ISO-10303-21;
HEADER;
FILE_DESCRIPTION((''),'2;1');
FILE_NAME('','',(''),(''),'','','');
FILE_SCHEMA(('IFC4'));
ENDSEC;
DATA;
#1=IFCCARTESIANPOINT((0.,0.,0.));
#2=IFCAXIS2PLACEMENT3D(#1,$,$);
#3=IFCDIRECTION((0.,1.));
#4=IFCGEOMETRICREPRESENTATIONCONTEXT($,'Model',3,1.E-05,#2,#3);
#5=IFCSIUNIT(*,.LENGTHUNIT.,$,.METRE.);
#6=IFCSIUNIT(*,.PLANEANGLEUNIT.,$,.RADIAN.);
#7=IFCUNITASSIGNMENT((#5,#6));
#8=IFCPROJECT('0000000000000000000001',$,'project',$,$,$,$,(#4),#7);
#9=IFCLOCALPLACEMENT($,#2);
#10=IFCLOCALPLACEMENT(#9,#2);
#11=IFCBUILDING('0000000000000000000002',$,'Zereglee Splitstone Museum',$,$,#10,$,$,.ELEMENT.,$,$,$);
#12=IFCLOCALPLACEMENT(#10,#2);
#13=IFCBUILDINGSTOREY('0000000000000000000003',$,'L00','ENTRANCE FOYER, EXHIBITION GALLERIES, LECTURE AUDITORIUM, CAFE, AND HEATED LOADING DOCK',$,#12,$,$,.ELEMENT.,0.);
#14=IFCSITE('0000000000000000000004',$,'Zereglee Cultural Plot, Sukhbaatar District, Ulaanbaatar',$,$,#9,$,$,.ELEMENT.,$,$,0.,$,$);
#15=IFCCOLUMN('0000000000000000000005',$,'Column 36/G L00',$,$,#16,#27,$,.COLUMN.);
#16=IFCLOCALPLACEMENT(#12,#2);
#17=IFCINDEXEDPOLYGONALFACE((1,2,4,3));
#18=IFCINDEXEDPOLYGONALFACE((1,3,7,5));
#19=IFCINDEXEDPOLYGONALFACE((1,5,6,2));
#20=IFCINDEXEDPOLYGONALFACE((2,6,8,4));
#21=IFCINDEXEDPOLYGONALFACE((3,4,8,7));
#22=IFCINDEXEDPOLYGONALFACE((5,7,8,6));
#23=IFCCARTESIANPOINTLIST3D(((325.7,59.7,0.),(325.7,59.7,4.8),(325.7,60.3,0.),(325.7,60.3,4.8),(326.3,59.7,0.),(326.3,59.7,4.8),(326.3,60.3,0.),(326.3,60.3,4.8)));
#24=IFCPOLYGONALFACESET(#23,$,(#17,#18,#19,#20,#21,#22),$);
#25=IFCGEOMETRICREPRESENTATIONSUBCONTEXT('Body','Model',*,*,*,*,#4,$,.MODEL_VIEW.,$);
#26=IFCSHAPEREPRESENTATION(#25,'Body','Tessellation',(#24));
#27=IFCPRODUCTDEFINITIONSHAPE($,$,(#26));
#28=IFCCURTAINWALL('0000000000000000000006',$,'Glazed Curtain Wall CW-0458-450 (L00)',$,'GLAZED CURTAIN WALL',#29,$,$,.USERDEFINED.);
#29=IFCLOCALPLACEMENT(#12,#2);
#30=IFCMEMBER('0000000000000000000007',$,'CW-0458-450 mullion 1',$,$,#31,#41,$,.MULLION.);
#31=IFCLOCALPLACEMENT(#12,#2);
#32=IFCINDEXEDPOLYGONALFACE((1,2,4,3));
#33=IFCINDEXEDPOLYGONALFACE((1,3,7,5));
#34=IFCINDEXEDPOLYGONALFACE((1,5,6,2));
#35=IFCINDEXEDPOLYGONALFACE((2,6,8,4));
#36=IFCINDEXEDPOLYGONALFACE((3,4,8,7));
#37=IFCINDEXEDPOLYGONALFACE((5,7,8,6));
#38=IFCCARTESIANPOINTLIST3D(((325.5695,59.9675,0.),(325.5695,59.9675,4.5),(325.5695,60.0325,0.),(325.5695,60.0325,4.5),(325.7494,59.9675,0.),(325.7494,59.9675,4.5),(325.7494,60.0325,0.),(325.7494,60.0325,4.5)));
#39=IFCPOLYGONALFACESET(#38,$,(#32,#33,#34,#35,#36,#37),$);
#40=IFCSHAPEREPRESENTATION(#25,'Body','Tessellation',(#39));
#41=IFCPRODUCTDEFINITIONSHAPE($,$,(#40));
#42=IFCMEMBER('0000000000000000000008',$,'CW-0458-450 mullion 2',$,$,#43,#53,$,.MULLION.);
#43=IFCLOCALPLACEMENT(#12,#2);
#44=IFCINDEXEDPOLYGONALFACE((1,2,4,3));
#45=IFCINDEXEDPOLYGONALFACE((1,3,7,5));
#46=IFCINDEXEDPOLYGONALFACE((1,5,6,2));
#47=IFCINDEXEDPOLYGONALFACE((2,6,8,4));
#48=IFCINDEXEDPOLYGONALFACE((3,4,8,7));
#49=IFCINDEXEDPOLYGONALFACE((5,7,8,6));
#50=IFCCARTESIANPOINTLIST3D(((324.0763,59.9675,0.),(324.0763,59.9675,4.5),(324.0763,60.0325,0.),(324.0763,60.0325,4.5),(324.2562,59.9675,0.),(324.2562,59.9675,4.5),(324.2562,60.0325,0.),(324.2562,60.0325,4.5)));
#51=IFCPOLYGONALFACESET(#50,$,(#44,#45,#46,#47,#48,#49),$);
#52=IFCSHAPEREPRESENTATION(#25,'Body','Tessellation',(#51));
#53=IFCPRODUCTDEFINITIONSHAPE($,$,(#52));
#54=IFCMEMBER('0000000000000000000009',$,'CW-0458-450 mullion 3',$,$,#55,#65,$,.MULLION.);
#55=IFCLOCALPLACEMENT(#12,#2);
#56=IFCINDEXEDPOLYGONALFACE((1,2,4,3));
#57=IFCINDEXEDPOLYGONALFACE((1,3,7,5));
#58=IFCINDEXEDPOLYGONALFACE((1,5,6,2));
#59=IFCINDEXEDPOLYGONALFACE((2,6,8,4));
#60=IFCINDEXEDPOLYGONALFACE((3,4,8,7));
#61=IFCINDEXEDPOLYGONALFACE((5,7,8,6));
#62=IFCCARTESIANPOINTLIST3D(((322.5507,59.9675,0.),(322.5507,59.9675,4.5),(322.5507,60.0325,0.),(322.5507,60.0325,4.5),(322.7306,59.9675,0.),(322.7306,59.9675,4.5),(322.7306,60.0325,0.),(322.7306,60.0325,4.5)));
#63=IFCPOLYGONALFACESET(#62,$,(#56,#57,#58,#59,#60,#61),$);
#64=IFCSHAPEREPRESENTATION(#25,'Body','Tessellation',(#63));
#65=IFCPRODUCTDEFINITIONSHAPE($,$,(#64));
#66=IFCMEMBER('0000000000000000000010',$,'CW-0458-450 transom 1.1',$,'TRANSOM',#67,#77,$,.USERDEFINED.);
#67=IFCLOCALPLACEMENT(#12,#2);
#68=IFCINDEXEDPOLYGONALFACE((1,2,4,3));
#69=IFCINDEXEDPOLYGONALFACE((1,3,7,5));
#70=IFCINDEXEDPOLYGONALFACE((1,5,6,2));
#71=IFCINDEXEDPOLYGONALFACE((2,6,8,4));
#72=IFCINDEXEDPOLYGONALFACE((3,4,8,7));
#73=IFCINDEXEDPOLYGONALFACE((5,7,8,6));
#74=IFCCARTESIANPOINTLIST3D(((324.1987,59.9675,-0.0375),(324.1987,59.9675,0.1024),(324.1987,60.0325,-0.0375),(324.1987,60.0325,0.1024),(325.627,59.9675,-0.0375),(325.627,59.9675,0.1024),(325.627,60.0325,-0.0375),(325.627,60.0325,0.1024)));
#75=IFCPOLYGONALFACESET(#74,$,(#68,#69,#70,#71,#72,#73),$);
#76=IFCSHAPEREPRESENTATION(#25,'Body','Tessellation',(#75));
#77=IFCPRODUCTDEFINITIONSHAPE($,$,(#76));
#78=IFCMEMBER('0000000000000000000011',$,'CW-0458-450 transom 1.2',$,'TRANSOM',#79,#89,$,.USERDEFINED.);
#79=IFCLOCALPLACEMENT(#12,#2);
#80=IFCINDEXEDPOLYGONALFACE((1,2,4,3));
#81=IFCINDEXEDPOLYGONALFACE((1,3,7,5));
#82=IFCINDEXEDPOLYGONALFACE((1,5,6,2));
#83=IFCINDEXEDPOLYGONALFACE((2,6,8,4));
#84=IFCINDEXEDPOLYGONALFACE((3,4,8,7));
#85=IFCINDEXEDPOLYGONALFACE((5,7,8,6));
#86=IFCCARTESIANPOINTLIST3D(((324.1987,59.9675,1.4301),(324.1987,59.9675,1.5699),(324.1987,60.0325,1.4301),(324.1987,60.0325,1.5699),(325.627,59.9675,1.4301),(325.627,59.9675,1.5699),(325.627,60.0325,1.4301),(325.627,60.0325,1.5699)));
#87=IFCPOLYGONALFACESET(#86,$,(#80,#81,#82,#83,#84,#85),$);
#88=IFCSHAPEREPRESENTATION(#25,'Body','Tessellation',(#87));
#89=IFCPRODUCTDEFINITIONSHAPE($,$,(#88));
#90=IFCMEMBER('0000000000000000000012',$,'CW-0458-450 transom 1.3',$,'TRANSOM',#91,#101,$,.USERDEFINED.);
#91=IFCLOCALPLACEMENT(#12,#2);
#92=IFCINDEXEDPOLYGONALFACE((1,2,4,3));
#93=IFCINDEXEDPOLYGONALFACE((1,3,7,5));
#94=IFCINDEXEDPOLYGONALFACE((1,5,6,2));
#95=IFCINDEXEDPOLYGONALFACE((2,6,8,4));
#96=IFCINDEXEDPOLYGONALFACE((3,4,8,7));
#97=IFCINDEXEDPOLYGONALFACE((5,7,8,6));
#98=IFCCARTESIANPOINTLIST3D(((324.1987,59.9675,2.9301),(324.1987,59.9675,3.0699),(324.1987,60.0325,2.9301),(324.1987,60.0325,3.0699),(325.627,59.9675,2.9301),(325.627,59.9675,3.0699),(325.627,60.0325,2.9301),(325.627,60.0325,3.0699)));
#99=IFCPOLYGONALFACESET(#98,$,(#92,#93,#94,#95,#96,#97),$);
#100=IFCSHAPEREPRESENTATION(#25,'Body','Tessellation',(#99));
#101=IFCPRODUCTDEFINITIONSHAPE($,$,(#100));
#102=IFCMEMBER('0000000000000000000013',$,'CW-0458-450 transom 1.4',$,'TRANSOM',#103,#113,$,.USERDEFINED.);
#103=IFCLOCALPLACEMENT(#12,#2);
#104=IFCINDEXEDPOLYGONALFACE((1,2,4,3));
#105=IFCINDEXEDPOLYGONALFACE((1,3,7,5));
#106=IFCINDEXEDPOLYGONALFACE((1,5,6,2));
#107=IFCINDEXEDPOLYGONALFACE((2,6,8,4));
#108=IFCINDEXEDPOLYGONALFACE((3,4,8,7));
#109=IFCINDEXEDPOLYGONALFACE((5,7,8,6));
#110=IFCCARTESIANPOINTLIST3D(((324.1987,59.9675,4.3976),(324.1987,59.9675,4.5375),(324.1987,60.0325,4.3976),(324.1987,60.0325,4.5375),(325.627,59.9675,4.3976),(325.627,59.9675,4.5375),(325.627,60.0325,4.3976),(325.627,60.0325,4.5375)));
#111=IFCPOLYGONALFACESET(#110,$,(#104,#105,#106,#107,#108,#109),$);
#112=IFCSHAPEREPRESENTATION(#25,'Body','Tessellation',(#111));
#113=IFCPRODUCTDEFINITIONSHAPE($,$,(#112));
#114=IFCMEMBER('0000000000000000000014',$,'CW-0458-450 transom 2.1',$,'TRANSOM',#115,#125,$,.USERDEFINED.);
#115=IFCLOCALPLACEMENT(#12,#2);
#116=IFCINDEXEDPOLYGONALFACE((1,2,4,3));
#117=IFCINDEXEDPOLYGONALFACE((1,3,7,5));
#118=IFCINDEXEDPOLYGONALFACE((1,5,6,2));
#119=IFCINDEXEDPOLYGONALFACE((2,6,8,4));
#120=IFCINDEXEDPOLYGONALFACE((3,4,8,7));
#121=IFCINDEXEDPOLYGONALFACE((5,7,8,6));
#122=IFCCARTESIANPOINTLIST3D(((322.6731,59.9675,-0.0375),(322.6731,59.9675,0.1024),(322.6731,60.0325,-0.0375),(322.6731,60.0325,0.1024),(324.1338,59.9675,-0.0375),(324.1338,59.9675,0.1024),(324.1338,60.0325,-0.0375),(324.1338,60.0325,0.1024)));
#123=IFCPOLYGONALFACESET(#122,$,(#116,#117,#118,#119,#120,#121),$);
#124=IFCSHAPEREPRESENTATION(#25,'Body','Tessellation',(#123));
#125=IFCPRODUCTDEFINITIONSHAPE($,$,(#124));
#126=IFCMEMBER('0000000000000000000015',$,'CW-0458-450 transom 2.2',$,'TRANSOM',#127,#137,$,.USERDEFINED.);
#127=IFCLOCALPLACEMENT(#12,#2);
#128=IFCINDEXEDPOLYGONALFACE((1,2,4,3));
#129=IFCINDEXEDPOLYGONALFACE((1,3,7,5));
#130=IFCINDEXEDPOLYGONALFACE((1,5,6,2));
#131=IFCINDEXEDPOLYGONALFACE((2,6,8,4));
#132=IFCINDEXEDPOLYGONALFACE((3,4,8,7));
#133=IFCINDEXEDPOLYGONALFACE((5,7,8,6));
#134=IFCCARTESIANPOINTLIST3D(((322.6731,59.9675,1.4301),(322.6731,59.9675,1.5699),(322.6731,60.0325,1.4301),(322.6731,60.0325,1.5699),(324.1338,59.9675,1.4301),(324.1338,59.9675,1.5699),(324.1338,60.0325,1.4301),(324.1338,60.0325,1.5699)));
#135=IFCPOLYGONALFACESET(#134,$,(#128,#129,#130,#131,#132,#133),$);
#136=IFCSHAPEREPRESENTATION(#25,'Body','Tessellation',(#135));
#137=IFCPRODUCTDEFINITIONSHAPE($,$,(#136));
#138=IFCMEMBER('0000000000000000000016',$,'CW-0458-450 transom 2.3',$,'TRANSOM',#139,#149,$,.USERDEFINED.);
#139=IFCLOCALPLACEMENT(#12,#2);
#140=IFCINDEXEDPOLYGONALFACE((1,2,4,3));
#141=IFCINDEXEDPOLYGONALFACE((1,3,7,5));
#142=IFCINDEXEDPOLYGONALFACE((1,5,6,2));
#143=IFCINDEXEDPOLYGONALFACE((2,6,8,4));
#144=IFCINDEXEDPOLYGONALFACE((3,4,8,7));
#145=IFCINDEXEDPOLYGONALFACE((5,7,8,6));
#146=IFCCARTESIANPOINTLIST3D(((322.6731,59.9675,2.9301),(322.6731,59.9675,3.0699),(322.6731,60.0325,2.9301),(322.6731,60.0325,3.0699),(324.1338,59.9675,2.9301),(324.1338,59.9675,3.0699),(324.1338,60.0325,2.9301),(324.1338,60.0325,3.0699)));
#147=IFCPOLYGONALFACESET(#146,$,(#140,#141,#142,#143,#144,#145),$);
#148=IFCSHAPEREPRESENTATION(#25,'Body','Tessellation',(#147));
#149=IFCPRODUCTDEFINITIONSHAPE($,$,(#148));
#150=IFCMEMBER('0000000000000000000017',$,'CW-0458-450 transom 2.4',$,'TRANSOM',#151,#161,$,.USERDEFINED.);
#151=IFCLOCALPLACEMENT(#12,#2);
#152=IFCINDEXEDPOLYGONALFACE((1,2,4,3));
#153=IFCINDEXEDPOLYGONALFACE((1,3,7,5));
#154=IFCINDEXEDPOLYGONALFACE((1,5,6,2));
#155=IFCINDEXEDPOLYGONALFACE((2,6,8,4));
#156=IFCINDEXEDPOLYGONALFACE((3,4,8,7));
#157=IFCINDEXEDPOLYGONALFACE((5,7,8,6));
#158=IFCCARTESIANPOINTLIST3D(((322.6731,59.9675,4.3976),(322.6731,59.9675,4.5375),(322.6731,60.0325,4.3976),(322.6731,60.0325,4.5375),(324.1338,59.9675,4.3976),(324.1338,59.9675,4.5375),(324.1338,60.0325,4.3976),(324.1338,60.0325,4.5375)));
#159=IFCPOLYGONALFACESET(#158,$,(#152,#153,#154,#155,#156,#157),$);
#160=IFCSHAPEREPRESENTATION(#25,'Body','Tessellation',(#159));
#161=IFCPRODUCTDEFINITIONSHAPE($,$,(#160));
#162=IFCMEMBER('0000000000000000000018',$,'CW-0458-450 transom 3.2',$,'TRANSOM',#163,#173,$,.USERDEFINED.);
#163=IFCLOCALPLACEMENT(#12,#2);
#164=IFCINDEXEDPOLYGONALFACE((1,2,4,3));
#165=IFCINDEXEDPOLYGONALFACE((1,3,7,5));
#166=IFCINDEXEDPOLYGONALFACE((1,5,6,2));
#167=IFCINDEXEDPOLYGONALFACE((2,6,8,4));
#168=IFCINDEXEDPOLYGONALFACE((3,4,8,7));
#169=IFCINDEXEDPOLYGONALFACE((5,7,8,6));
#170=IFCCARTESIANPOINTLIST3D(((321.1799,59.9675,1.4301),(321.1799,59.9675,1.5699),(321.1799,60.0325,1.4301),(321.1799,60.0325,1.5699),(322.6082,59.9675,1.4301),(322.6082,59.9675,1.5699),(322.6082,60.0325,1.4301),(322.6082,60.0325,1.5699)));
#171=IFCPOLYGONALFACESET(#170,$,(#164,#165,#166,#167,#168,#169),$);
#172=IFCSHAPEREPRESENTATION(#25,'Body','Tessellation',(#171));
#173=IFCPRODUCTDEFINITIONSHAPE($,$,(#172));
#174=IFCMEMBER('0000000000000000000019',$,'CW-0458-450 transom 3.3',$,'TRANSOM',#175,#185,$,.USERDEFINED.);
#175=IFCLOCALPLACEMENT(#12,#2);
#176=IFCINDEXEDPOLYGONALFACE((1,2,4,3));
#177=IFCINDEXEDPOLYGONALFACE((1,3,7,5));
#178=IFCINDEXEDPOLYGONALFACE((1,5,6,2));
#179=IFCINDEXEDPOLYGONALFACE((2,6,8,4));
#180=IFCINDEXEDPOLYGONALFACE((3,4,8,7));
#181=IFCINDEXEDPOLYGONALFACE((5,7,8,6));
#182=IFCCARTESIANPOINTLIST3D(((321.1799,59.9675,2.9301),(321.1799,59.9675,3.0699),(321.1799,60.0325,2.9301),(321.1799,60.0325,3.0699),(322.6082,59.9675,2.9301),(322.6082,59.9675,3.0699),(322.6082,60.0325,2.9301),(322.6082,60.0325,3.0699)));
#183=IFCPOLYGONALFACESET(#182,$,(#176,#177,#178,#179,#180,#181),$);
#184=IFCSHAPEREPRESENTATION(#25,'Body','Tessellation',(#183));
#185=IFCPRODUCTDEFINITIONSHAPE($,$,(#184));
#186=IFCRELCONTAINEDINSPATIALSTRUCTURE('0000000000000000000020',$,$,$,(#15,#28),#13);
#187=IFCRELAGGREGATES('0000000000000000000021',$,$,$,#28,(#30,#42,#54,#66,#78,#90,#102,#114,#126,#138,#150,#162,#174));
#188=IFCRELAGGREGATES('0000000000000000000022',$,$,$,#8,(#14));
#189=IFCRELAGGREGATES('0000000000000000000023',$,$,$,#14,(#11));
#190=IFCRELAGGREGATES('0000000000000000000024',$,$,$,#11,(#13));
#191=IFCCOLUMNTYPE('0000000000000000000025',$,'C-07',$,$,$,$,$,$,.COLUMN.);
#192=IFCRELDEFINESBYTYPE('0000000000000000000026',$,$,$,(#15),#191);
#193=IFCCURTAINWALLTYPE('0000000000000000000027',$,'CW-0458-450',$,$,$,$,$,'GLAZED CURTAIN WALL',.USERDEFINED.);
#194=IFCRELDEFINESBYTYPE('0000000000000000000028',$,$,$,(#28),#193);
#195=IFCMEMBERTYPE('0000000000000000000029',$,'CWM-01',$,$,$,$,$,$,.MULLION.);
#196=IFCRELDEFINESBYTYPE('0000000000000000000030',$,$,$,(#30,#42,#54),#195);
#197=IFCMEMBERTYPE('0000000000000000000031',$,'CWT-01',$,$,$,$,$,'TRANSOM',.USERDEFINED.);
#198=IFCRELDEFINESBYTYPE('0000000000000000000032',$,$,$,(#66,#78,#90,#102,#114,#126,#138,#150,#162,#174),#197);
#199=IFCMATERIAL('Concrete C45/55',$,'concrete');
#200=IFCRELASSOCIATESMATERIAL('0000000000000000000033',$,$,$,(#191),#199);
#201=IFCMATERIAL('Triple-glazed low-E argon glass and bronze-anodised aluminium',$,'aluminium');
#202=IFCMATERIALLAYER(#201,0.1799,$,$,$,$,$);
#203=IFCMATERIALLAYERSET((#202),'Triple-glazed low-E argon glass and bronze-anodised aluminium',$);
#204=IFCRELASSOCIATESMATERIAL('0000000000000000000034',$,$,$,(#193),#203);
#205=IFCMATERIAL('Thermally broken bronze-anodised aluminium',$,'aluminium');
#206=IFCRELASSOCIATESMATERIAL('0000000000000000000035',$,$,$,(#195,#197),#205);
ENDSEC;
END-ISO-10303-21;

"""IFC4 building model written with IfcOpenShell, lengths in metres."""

from ifc_helpers import new_model, si_unit, direction, frame, origin, origin_2d, place, context, subcontext, project, spatial, rectangle, extrude, material, layer, layer_set, material_profile, profile_set, type_object, element, aggregate, save


model = new_model("IFC4")

# Units and contexts
model_context = context("Model", 3, precision=1e-05, world=origin(), true_north=direction((0.0, 1.0)))
body_context = subcontext(model_context, "Body", "Model", "MODEL_VIEW")
ifc_project = project(units=[si_unit("LENGTHUNIT", "METRE"), si_unit("PLANEANGLEUNIT", "RADIAN")], contexts=[model_context])

# Site, building, storey
site_placement = place(None, origin())
site = spatial("IfcSite", under=ifc_project, at=site_placement, Name="Zereglee Cultural Plot, Sukhbaatar District, Ulaanbaatar", CompositionType="ELEMENT", RefElevation=0.0)
building_placement = place(site_placement, origin())
building = spatial("IfcBuilding", under=site, at=building_placement, Name="Zereglee Splitstone Museum", CompositionType="ELEMENT")
storey_placement = place(building_placement, origin())
storey = spatial("IfcBuildingStorey", under=building, at=storey_placement, Name="L00", Description="ENTRANCE FOYER, EXHIBITION GALLERIES, LECTURE AUDITORIUM, CAFE, AND HEATED LOADING DOCK", CompositionType="ELEMENT", Elevation=0.0)

# Column
ifc_material_1 = material(Name="Concrete C45/55", Category="concrete")
ifc_material_profile_1 = material_profile(ifc_material_1, rectangle(XDim=0.6001, YDim=0.6001, at=origin_2d()), Name="RC 600x600")
ifc_profile_set_1 = profile_set([ifc_material_profile_1], Name="Concrete C45/55")
column_type = type_object("IfcColumnType", Name="C-07", PredefinedType="COLUMN", material=ifc_profile_set_1)
column_placement = place(storey_placement, frame((326.0, 60.0, 0.0), z_axis=(0.0, 0.0, 1.0), x_axis=(1.0, 0.0, 0.0)))
element("IfcColumn", 1, at=column_placement, inside=storey, type_object=column_type, Name="Column 36/G L00", PredefinedType="COLUMN", context=body_context, shape_type="SweptSolid", body=[
    extrude(rectangle(XDim=0.6001, YDim=0.6001, at=origin_2d()), origin(), (0.0, 0.0, 1.0), 4.8),
])

# Curtain wall, members
ifc_material_2 = material(Name="Triple-glazed low-E argon glass and bronze-anodised aluminium", Category="aluminium")
ifc_layer_1 = layer(ifc_material_2, 0.1799)
ifc_layer_set_1 = layer_set([ifc_layer_1], Name="Triple-glazed low-E argon glass and bronze-anodised aluminium")
curtain_wall_type = type_object("IfcCurtainWallType", Name="CW-0458-450", ElementType="GLAZED CURTAIN WALL", PredefinedType="USERDEFINED", material=ifc_layer_set_1)
curtain_wall_placement = place(storey_placement, origin())
curtain_wall = element("IfcCurtainWall", 2, at=curtain_wall_placement, inside=storey, type_object=curtain_wall_type, Name="Glazed Curtain Wall CW-0458-450 (L00)", ObjectType="GLAZED CURTAIN WALL", PredefinedType="USERDEFINED")
ifc_material_3 = material(Name="Thermally broken bronze-anodised aluminium", Category="aluminium")
ifc_material_profile_2 = material_profile(ifc_material_3, rectangle(XDim=0.0649, YDim=0.1799, at=origin_2d()), Name="CW MULL 65x180")
ifc_profile_set_2 = profile_set([ifc_material_profile_2], Name="Thermally broken bronze-anodised aluminium")
member_type_1 = type_object("IfcMemberType", Name="CWM-01", PredefinedType="MULLION", material=ifc_profile_set_2)
member_1_placement = place(storey_placement, frame((325.6594, 60.0, 0.0), z_axis=(0.0, 0.0, 1.0), x_axis=(0.0, -1.0, 0.0)))
member_1 = element("IfcMember", 3, at=member_1_placement, type_object=member_type_1, Name="CW-0458-450 mullion 1", PredefinedType="MULLION", context=body_context, shape_type="SweptSolid", body=[
    extrude(rectangle(XDim=0.0649, YDim=0.1799, at=origin_2d()), origin(), (0.0, 0.0, 1.0), 4.5),
])
member_2_placement = place(storey_placement, frame((324.1663, 60.0, 0.0), z_axis=(0.0, 0.0, 1.0), x_axis=(0.0, -1.0, 0.0)))
member_2 = element("IfcMember", 4, at=member_2_placement, type_object=member_type_1, Name="CW-0458-450 mullion 2", PredefinedType="MULLION", context=body_context, shape_type="SweptSolid", body=[
    extrude(rectangle(XDim=0.0649, YDim=0.1799, at=origin_2d()), origin(), (0.0, 0.0, 1.0), 4.5),
])
member_3_placement = place(storey_placement, frame((322.6406, 60.0, 0.0), z_axis=(0.0, 0.0, 1.0), x_axis=(0.0, -1.0, 0.0)))
member_3 = element("IfcMember", 5, at=member_3_placement, type_object=member_type_1, Name="CW-0458-450 mullion 3", PredefinedType="MULLION", context=body_context, shape_type="SweptSolid", body=[
    extrude(rectangle(XDim=0.0649, YDim=0.1799, at=origin_2d()), origin(), (0.0, 0.0, 1.0), 4.5),
])
ifc_material_profile_3 = material_profile(ifc_material_3, rectangle(XDim=0.0649, YDim=0.1399, at=origin_2d()), Name="CW TRAN 65x140")
ifc_profile_set_3 = profile_set([ifc_material_profile_3], Name="Thermally broken bronze-anodised aluminium")
member_type_2 = type_object("IfcMemberType", Name="CWT-01", ElementType="TRANSOM", PredefinedType="USERDEFINED", material=ifc_profile_set_3)
member_4_placement = place(storey_placement, frame((325.627, 60.0, 0.0325), z_axis=(-1.0, 0.0, 0.0), x_axis=(0.0, -1.0, 0.0)))
member_4 = element("IfcMember", 6, at=member_4_placement, type_object=member_type_2, Name="CW-0458-450 transom 1.1", ObjectType="TRANSOM", PredefinedType="USERDEFINED", context=body_context, shape_type="SweptSolid", body=[
    extrude(rectangle(XDim=0.0649, YDim=0.1399, at=origin_2d()), origin(), (0.0, 0.0, 1.0), 1.4282),
])
member_5_placement = place(storey_placement, frame((325.627, 60.0, 1.5), z_axis=(-1.0, 0.0, 0.0), x_axis=(0.0, -1.0, 0.0)))
member_5 = element("IfcMember", 7, at=member_5_placement, type_object=member_type_2, Name="CW-0458-450 transom 1.2", ObjectType="TRANSOM", PredefinedType="USERDEFINED", context=body_context, shape_type="SweptSolid", body=[
    extrude(rectangle(XDim=0.0649, YDim=0.1399, at=origin_2d()), origin(), (0.0, 0.0, 1.0), 1.4282),
])
member_6_placement = place(storey_placement, frame((325.627, 60.0, 3.0), z_axis=(-1.0, 0.0, 0.0), x_axis=(0.0, -1.0, 0.0)))
member_6 = element("IfcMember", 8, at=member_6_placement, type_object=member_type_2, Name="CW-0458-450 transom 1.3", ObjectType="TRANSOM", PredefinedType="USERDEFINED", context=body_context, shape_type="SweptSolid", body=[
    extrude(rectangle(XDim=0.0649, YDim=0.1399, at=origin_2d()), origin(), (0.0, 0.0, 1.0), 1.4282),
])
member_7_placement = place(storey_placement, frame((325.627, 60.0, 4.4675), z_axis=(-1.0, 0.0, 0.0), x_axis=(0.0, -1.0, 0.0)))
member_7 = element("IfcMember", 9, at=member_7_placement, type_object=member_type_2, Name="CW-0458-450 transom 1.4", ObjectType="TRANSOM", PredefinedType="USERDEFINED", context=body_context, shape_type="SweptSolid", body=[
    extrude(rectangle(XDim=0.0649, YDim=0.1399, at=origin_2d()), origin(), (0.0, 0.0, 1.0), 1.4282),
])
member_8_placement = place(storey_placement, frame((324.1338, 60.0, 0.0325), z_axis=(-1.0, 0.0, 0.0), x_axis=(0.0, -1.0, 0.0)))
member_8 = element("IfcMember", 10, at=member_8_placement, type_object=member_type_2, Name="CW-0458-450 transom 2.1", ObjectType="TRANSOM", PredefinedType="USERDEFINED", context=body_context, shape_type="SweptSolid", body=[
    extrude(rectangle(XDim=0.0649, YDim=0.1399, at=origin_2d()), origin(), (0.0, 0.0, 1.0), 1.4607),
])
member_9_placement = place(storey_placement, frame((324.1338, 60.0, 1.5), z_axis=(-1.0, 0.0, 0.0), x_axis=(0.0, -1.0, 0.0)))
member_9 = element("IfcMember", 11, at=member_9_placement, type_object=member_type_2, Name="CW-0458-450 transom 2.2", ObjectType="TRANSOM", PredefinedType="USERDEFINED", context=body_context, shape_type="SweptSolid", body=[
    extrude(rectangle(XDim=0.0649, YDim=0.1399, at=origin_2d()), origin(), (0.0, 0.0, 1.0), 1.4607),
])
member_10_placement = place(storey_placement, frame((324.1338, 60.0, 3.0), z_axis=(-1.0, 0.0, 0.0), x_axis=(0.0, -1.0, 0.0)))
member_10 = element("IfcMember", 12, at=member_10_placement, type_object=member_type_2, Name="CW-0458-450 transom 2.3", ObjectType="TRANSOM", PredefinedType="USERDEFINED", context=body_context, shape_type="SweptSolid", body=[
    extrude(rectangle(XDim=0.0649, YDim=0.1399, at=origin_2d()), origin(), (0.0, 0.0, 1.0), 1.4607),
])
member_11_placement = place(storey_placement, frame((324.1338, 60.0, 4.4675), z_axis=(-1.0, 0.0, 0.0), x_axis=(0.0, -1.0, 0.0)))
member_11 = element("IfcMember", 13, at=member_11_placement, type_object=member_type_2, Name="CW-0458-450 transom 2.4", ObjectType="TRANSOM", PredefinedType="USERDEFINED", context=body_context, shape_type="SweptSolid", body=[
    extrude(rectangle(XDim=0.0649, YDim=0.1399, at=origin_2d()), origin(), (0.0, 0.0, 1.0), 1.4607),
])
member_12_placement = place(storey_placement, frame((322.6082, 60.0, 1.5), z_axis=(-1.0, 0.0, 0.0), x_axis=(0.0, -1.0, 0.0)))
member_12 = element("IfcMember", 14, at=member_12_placement, type_object=member_type_2, Name="CW-0458-450 transom 3.2", ObjectType="TRANSOM", PredefinedType="USERDEFINED", context=body_context, shape_type="SweptSolid", body=[
    extrude(rectangle(XDim=0.0649, YDim=0.1399, at=origin_2d()), origin(), (0.0, 0.0, 1.0), 1.4282),
])
member_13_placement = place(storey_placement, frame((322.6082, 60.0, 3.0), z_axis=(-1.0, 0.0, 0.0), x_axis=(0.0, -1.0, 0.0)))
member_13 = element("IfcMember", 15, at=member_13_placement, type_object=member_type_2, Name="CW-0458-450 transom 3.3", ObjectType="TRANSOM", PredefinedType="USERDEFINED", context=body_context, shape_type="SweptSolid", body=[
    extrude(rectangle(XDim=0.0649, YDim=0.1399, at=origin_2d()), origin(), (0.0, 0.0, 1.0), 1.4282),
])
aggregate(curtain_wall, [member_1, member_2, member_3, member_4, member_5, member_6, member_7, member_8, member_9, member_10, member_11, member_12, member_13])

save(model, "model.ifc")
